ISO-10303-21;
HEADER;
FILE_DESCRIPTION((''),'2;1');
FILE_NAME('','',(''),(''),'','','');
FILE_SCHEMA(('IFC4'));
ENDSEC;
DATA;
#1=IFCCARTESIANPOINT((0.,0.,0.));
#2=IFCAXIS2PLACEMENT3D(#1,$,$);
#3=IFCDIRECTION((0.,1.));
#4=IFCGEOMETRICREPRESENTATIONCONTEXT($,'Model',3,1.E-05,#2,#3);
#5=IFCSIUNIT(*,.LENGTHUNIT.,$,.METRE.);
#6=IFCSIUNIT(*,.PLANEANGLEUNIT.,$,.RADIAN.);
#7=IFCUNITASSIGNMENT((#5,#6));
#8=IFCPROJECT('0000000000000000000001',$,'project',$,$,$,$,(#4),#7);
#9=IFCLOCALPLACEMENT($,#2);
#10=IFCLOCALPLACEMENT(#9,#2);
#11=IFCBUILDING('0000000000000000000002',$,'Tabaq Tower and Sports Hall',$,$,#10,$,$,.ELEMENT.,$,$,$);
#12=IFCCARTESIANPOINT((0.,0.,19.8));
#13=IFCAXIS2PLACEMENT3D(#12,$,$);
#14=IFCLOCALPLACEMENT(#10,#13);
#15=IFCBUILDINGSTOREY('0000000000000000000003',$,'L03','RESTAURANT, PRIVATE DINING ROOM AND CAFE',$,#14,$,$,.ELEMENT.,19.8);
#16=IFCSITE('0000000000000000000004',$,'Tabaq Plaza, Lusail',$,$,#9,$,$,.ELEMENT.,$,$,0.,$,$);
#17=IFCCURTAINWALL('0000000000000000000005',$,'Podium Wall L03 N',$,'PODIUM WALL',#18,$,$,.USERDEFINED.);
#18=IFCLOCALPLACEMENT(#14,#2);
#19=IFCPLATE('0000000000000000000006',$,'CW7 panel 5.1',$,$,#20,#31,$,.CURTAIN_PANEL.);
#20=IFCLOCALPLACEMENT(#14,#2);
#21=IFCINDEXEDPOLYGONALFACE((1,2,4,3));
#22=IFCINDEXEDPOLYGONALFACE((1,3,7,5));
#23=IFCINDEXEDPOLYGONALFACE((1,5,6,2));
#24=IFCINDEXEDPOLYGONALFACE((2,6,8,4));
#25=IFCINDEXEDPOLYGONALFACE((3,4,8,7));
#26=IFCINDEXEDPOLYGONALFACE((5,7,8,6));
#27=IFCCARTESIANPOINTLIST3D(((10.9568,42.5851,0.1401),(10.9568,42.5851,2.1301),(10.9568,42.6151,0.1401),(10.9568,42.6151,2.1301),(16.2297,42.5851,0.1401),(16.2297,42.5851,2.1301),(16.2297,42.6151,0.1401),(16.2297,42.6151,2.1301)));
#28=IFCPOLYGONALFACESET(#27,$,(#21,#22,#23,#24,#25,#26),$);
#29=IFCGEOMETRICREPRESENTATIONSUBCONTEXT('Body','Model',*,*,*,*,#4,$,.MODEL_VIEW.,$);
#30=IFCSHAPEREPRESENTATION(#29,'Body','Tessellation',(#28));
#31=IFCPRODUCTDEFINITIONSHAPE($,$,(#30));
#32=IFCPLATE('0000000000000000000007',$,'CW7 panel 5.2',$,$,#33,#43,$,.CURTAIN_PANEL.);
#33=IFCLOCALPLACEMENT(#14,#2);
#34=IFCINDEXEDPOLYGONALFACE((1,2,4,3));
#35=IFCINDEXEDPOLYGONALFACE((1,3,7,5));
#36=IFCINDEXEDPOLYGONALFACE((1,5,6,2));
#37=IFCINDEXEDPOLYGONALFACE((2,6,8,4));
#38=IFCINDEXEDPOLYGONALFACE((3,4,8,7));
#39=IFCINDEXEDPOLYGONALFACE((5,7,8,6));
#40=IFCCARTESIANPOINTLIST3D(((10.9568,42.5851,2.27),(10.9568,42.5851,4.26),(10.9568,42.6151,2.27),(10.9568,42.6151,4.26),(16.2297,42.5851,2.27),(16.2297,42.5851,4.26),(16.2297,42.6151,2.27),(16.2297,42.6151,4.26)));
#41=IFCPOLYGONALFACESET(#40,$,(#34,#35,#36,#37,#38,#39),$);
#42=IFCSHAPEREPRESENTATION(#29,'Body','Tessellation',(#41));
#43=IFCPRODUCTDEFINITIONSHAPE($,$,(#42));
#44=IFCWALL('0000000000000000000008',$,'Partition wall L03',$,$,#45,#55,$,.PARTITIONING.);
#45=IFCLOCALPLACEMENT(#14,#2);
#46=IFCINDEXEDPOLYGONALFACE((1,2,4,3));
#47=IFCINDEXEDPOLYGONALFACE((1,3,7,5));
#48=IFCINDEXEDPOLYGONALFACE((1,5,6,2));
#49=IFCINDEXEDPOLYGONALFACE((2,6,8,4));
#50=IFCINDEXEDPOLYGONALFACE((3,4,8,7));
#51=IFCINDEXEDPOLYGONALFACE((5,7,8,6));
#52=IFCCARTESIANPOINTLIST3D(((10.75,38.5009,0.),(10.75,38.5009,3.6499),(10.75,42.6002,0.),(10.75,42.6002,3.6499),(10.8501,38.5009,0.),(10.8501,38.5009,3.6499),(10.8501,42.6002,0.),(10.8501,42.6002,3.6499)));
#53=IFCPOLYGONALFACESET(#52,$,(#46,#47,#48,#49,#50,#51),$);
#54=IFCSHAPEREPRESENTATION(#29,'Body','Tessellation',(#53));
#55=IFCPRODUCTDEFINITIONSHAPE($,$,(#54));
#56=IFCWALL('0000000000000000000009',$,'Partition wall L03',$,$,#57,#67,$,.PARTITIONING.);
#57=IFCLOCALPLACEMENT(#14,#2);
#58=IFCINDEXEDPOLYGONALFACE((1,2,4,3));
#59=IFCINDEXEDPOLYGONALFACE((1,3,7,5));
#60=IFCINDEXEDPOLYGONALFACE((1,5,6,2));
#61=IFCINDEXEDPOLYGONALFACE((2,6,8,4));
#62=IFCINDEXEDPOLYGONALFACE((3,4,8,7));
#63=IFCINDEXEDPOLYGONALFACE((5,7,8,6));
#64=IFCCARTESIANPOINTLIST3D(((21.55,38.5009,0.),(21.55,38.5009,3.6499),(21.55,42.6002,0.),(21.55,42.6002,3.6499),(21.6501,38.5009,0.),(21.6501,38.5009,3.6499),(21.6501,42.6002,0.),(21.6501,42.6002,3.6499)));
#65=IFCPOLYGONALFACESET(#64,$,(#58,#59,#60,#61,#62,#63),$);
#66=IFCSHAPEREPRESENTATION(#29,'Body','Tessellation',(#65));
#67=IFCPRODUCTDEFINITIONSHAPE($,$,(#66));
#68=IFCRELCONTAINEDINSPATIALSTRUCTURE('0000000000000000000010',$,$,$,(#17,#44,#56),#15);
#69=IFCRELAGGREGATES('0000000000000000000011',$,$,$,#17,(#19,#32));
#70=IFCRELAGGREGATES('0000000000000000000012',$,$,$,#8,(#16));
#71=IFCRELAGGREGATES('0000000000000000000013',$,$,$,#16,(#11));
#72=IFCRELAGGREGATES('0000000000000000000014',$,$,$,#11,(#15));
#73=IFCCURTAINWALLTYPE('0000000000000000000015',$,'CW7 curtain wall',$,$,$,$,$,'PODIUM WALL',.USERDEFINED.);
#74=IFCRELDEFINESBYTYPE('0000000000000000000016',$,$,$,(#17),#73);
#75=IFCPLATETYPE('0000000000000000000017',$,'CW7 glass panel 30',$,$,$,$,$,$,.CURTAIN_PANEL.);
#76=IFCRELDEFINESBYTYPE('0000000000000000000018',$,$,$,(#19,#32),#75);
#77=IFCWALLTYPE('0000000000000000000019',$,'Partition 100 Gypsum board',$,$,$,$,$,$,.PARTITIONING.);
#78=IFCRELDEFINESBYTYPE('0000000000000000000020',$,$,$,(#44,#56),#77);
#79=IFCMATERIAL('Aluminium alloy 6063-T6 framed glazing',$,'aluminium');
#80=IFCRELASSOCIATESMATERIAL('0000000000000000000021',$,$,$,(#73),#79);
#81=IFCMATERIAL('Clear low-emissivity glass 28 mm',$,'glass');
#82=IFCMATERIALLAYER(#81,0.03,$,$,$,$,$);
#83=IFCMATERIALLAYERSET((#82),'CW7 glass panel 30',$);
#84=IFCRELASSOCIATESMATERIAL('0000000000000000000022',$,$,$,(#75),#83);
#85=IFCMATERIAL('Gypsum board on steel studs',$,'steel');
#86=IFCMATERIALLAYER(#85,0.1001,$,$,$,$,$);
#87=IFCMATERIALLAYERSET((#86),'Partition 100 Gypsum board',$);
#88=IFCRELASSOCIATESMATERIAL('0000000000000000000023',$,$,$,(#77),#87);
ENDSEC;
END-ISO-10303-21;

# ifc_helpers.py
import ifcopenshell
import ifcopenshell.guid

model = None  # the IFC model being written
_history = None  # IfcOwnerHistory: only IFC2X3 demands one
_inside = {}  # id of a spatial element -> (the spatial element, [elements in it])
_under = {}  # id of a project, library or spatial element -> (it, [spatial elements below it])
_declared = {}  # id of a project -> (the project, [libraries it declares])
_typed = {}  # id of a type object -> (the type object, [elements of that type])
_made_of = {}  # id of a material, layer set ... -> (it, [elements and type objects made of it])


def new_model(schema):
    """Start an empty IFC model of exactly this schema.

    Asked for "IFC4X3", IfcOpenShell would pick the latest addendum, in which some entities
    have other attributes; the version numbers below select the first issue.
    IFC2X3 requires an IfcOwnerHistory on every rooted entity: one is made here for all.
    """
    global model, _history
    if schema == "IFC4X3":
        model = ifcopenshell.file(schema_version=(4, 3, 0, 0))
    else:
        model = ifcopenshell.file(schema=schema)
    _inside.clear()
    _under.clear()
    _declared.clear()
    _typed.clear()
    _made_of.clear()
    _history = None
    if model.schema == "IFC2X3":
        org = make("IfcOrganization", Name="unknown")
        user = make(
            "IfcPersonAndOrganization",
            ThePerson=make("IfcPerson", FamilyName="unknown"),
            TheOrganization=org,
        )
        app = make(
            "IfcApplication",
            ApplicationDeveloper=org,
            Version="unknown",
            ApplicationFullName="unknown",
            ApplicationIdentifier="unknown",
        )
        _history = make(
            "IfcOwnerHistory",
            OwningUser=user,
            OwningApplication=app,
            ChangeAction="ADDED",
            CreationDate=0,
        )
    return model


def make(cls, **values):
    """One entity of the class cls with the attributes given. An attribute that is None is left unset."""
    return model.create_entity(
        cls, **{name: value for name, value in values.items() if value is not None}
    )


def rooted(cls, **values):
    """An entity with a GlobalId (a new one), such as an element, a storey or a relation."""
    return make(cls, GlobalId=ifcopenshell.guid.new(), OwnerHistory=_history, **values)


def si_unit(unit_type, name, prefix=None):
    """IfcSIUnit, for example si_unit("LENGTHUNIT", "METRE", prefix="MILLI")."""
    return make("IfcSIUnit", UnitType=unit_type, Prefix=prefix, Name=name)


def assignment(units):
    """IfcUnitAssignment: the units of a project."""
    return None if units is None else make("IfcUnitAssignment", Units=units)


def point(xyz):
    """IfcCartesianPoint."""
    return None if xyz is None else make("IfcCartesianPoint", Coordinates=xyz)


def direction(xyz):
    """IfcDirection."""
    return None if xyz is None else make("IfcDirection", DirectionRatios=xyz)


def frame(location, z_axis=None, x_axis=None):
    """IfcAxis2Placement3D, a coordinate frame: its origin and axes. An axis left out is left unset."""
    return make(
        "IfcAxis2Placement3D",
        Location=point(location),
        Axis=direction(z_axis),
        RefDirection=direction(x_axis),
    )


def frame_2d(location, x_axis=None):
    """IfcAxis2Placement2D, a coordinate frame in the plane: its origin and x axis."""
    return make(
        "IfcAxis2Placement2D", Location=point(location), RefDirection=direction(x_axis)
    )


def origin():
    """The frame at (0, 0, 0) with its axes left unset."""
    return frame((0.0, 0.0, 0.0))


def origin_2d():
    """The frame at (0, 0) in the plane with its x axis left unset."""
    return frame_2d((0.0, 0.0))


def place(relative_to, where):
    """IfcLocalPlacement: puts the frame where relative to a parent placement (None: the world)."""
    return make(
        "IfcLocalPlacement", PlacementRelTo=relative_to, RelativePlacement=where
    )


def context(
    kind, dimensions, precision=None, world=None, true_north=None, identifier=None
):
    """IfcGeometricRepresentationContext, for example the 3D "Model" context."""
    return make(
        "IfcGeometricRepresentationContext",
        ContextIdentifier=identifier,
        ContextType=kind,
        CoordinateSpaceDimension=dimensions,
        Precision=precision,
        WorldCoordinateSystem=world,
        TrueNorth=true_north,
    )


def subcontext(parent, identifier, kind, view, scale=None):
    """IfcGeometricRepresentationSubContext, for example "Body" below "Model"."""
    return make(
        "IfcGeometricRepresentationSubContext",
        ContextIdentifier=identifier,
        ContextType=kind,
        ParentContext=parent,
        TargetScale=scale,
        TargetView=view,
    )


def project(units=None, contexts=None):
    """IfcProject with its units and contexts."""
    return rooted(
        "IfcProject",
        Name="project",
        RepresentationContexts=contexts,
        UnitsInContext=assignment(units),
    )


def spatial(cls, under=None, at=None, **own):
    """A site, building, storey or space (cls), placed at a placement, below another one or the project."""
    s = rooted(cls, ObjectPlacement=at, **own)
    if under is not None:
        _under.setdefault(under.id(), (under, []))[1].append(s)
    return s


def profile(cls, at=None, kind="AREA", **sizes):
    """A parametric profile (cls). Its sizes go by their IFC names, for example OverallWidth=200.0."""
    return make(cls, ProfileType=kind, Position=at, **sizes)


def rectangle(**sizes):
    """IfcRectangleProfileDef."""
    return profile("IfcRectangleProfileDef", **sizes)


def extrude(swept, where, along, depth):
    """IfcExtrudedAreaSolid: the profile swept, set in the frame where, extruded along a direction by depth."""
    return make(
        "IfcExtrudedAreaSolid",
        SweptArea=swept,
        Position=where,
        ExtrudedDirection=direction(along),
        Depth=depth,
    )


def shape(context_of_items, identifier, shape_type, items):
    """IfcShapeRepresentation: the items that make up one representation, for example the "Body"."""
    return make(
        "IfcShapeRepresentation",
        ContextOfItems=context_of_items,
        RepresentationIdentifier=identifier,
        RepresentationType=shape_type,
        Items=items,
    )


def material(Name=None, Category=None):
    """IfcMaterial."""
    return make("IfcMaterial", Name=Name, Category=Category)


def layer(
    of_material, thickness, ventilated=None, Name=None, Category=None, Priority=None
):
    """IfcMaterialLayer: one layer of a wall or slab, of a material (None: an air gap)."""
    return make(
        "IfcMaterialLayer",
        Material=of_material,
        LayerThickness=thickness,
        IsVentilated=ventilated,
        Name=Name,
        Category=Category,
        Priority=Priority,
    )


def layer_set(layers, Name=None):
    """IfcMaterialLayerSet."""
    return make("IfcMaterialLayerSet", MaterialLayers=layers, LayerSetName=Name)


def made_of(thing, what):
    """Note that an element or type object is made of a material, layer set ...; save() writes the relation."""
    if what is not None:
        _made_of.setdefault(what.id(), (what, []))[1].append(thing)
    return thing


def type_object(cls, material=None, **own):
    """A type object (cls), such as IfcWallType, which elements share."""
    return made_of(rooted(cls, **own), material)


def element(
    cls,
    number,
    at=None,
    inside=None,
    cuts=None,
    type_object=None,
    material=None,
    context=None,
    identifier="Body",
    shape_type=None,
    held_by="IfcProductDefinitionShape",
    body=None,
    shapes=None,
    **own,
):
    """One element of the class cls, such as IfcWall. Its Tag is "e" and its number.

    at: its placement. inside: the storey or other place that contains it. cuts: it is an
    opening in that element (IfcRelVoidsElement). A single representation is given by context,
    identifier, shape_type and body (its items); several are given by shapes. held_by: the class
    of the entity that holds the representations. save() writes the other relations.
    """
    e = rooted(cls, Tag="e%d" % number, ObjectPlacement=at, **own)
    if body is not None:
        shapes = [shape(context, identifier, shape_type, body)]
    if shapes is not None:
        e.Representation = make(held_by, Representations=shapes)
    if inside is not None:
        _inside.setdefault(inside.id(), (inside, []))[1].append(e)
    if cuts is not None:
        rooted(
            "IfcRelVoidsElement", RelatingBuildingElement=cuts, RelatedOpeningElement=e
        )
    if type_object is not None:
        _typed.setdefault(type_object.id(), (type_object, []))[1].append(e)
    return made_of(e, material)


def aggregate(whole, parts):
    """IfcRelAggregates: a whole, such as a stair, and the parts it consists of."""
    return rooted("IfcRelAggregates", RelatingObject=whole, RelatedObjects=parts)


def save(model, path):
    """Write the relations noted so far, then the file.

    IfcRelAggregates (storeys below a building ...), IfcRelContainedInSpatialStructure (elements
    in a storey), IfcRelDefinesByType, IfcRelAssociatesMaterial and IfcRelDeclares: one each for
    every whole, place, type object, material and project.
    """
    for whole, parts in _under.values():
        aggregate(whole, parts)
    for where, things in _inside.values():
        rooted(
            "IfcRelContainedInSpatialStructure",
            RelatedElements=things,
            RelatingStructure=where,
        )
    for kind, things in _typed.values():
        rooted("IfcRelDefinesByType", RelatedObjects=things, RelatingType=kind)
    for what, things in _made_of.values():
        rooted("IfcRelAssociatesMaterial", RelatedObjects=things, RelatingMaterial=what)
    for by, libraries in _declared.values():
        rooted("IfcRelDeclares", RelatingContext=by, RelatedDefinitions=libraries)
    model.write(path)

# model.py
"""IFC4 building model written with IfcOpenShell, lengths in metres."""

from ifc_helpers import new_model, si_unit, direction, frame, frame_2d, origin, origin_2d, place, context, subcontext, project, spatial, rectangle, extrude, material, layer, layer_set, type_object, element, aggregate, save


model = new_model("IFC4")

# Units and contexts
model_context = context("Model", 3, precision=1e-05, world=origin(), true_north=direction((0.0, 1.0)))
body_context = subcontext(model_context, "Body", "Model", "MODEL_VIEW")
ifc_project = project(units=[si_unit("LENGTHUNIT", "METRE"), si_unit("PLANEANGLEUNIT", "RADIAN")], contexts=[model_context])

# Site, building, storey
site_placement = place(None, origin())
site = spatial("IfcSite", under=ifc_project, at=site_placement, Name="Tabaq Plaza, Lusail", CompositionType="ELEMENT", RefElevation=0.0)
building_placement = place(site_placement, origin())
building = spatial("IfcBuilding", under=site, at=building_placement, Name="Tabaq Tower and Sports Hall", CompositionType="ELEMENT")
storey_placement = place(building_placement, frame((0.0, 0.0, 19.8)))
storey = spatial("IfcBuildingStorey", under=building, at=storey_placement, Name="L03", Description="RESTAURANT, PRIVATE DINING ROOM AND CAFE", CompositionType="ELEMENT", Elevation=19.8)

# Curtain wall, plates
ifc_material_1 = material(Name="Aluminium alloy 6063-T6 framed glazing", Category="aluminium")
curtain_wall_type = type_object("IfcCurtainWallType", Name="CW7 curtain wall", ElementType="PODIUM WALL", PredefinedType="USERDEFINED", material=ifc_material_1)
curtain_wall_placement = place(storey_placement, origin())
curtain_wall = element("IfcCurtainWall", 1, at=curtain_wall_placement, inside=storey, type_object=curtain_wall_type, Name="Podium Wall L03 N", ObjectType="PODIUM WALL", PredefinedType="USERDEFINED")
ifc_material_2 = material(Name="Clear low-emissivity glass 28 mm", Category="glass")
ifc_layer_1 = layer(ifc_material_2, 0.03)
ifc_layer_set_1 = layer_set([ifc_layer_1], Name="CW7 glass panel 30")
plate_type = type_object("IfcPlateType", Name="CW7 glass panel 30", PredefinedType="CURTAIN_PANEL", material=ifc_layer_set_1)
plate_1_placement = place(storey_placement, frame((13.5933, 42.6001, 0.1401), z_axis=(0.0, 0.0, 1.0), x_axis=(-1.0, 0.0, 0.0)))
plate_1 = element("IfcPlate", 2, at=plate_1_placement, type_object=plate_type, Name="CW7 panel 5.1", PredefinedType="CURTAIN_PANEL", context=body_context, shape_type="SweptSolid", body=[
    extrude(rectangle(XDim=5.2729, YDim=0.03, at=origin_2d()), origin(), (0.0, 0.0, 1.0), 1.99),
])
plate_2_placement = place(storey_placement, frame((13.5933, 42.6001, 2.27), z_axis=(0.0, 0.0, 1.0), x_axis=(-1.0, 0.0, 0.0)))
plate_2 = element("IfcPlate", 3, at=plate_2_placement, type_object=plate_type, Name="CW7 panel 5.2", PredefinedType="CURTAIN_PANEL", context=body_context, shape_type="SweptSolid", body=[
    extrude(rectangle(XDim=5.2729, YDim=0.03, at=origin_2d()), origin(), (0.0, 0.0, 1.0), 1.99),
])
aggregate(curtain_wall, [plate_1, plate_2])

# Walls
ifc_material_3 = material(Name="Gypsum board on steel studs", Category="steel")
ifc_layer_2 = layer(ifc_material_3, 0.1001)
ifc_layer_set_2 = layer_set([ifc_layer_2], Name="Partition 100 Gypsum board")
wall_type = type_object("IfcWallType", Name="Partition 100 Gypsum board", PredefinedType="PARTITIONING", material=ifc_layer_set_2)
for number, where, z_axis, x_axis, name in (
    (4, (10.8, 38.5007, 0.0), (0.0, 0.0, 1.0), (0.0, 1.0, 0.0), "Partition wall L03"),
    (5, (21.6001, 38.5007, 0.0), (0.0, 0.0, 1.0), (0.0, 1.0, 0.0), "Partition wall L03"),
):
    element("IfcWall", number, at=place(storey_placement, frame(where, z_axis=z_axis, x_axis=x_axis)), inside=storey, type_object=wall_type, Name=name, PredefinedType="PARTITIONING", context=body_context, shape_type="SweptSolid", body=[
        extrude(rectangle(XDim=4.0994, YDim=0.1001, at=frame_2d((2.0498, 0.0))), origin(), (0.0, 0.0, 1.0), 3.6499),
    ])

save(model, "model.ifc")
